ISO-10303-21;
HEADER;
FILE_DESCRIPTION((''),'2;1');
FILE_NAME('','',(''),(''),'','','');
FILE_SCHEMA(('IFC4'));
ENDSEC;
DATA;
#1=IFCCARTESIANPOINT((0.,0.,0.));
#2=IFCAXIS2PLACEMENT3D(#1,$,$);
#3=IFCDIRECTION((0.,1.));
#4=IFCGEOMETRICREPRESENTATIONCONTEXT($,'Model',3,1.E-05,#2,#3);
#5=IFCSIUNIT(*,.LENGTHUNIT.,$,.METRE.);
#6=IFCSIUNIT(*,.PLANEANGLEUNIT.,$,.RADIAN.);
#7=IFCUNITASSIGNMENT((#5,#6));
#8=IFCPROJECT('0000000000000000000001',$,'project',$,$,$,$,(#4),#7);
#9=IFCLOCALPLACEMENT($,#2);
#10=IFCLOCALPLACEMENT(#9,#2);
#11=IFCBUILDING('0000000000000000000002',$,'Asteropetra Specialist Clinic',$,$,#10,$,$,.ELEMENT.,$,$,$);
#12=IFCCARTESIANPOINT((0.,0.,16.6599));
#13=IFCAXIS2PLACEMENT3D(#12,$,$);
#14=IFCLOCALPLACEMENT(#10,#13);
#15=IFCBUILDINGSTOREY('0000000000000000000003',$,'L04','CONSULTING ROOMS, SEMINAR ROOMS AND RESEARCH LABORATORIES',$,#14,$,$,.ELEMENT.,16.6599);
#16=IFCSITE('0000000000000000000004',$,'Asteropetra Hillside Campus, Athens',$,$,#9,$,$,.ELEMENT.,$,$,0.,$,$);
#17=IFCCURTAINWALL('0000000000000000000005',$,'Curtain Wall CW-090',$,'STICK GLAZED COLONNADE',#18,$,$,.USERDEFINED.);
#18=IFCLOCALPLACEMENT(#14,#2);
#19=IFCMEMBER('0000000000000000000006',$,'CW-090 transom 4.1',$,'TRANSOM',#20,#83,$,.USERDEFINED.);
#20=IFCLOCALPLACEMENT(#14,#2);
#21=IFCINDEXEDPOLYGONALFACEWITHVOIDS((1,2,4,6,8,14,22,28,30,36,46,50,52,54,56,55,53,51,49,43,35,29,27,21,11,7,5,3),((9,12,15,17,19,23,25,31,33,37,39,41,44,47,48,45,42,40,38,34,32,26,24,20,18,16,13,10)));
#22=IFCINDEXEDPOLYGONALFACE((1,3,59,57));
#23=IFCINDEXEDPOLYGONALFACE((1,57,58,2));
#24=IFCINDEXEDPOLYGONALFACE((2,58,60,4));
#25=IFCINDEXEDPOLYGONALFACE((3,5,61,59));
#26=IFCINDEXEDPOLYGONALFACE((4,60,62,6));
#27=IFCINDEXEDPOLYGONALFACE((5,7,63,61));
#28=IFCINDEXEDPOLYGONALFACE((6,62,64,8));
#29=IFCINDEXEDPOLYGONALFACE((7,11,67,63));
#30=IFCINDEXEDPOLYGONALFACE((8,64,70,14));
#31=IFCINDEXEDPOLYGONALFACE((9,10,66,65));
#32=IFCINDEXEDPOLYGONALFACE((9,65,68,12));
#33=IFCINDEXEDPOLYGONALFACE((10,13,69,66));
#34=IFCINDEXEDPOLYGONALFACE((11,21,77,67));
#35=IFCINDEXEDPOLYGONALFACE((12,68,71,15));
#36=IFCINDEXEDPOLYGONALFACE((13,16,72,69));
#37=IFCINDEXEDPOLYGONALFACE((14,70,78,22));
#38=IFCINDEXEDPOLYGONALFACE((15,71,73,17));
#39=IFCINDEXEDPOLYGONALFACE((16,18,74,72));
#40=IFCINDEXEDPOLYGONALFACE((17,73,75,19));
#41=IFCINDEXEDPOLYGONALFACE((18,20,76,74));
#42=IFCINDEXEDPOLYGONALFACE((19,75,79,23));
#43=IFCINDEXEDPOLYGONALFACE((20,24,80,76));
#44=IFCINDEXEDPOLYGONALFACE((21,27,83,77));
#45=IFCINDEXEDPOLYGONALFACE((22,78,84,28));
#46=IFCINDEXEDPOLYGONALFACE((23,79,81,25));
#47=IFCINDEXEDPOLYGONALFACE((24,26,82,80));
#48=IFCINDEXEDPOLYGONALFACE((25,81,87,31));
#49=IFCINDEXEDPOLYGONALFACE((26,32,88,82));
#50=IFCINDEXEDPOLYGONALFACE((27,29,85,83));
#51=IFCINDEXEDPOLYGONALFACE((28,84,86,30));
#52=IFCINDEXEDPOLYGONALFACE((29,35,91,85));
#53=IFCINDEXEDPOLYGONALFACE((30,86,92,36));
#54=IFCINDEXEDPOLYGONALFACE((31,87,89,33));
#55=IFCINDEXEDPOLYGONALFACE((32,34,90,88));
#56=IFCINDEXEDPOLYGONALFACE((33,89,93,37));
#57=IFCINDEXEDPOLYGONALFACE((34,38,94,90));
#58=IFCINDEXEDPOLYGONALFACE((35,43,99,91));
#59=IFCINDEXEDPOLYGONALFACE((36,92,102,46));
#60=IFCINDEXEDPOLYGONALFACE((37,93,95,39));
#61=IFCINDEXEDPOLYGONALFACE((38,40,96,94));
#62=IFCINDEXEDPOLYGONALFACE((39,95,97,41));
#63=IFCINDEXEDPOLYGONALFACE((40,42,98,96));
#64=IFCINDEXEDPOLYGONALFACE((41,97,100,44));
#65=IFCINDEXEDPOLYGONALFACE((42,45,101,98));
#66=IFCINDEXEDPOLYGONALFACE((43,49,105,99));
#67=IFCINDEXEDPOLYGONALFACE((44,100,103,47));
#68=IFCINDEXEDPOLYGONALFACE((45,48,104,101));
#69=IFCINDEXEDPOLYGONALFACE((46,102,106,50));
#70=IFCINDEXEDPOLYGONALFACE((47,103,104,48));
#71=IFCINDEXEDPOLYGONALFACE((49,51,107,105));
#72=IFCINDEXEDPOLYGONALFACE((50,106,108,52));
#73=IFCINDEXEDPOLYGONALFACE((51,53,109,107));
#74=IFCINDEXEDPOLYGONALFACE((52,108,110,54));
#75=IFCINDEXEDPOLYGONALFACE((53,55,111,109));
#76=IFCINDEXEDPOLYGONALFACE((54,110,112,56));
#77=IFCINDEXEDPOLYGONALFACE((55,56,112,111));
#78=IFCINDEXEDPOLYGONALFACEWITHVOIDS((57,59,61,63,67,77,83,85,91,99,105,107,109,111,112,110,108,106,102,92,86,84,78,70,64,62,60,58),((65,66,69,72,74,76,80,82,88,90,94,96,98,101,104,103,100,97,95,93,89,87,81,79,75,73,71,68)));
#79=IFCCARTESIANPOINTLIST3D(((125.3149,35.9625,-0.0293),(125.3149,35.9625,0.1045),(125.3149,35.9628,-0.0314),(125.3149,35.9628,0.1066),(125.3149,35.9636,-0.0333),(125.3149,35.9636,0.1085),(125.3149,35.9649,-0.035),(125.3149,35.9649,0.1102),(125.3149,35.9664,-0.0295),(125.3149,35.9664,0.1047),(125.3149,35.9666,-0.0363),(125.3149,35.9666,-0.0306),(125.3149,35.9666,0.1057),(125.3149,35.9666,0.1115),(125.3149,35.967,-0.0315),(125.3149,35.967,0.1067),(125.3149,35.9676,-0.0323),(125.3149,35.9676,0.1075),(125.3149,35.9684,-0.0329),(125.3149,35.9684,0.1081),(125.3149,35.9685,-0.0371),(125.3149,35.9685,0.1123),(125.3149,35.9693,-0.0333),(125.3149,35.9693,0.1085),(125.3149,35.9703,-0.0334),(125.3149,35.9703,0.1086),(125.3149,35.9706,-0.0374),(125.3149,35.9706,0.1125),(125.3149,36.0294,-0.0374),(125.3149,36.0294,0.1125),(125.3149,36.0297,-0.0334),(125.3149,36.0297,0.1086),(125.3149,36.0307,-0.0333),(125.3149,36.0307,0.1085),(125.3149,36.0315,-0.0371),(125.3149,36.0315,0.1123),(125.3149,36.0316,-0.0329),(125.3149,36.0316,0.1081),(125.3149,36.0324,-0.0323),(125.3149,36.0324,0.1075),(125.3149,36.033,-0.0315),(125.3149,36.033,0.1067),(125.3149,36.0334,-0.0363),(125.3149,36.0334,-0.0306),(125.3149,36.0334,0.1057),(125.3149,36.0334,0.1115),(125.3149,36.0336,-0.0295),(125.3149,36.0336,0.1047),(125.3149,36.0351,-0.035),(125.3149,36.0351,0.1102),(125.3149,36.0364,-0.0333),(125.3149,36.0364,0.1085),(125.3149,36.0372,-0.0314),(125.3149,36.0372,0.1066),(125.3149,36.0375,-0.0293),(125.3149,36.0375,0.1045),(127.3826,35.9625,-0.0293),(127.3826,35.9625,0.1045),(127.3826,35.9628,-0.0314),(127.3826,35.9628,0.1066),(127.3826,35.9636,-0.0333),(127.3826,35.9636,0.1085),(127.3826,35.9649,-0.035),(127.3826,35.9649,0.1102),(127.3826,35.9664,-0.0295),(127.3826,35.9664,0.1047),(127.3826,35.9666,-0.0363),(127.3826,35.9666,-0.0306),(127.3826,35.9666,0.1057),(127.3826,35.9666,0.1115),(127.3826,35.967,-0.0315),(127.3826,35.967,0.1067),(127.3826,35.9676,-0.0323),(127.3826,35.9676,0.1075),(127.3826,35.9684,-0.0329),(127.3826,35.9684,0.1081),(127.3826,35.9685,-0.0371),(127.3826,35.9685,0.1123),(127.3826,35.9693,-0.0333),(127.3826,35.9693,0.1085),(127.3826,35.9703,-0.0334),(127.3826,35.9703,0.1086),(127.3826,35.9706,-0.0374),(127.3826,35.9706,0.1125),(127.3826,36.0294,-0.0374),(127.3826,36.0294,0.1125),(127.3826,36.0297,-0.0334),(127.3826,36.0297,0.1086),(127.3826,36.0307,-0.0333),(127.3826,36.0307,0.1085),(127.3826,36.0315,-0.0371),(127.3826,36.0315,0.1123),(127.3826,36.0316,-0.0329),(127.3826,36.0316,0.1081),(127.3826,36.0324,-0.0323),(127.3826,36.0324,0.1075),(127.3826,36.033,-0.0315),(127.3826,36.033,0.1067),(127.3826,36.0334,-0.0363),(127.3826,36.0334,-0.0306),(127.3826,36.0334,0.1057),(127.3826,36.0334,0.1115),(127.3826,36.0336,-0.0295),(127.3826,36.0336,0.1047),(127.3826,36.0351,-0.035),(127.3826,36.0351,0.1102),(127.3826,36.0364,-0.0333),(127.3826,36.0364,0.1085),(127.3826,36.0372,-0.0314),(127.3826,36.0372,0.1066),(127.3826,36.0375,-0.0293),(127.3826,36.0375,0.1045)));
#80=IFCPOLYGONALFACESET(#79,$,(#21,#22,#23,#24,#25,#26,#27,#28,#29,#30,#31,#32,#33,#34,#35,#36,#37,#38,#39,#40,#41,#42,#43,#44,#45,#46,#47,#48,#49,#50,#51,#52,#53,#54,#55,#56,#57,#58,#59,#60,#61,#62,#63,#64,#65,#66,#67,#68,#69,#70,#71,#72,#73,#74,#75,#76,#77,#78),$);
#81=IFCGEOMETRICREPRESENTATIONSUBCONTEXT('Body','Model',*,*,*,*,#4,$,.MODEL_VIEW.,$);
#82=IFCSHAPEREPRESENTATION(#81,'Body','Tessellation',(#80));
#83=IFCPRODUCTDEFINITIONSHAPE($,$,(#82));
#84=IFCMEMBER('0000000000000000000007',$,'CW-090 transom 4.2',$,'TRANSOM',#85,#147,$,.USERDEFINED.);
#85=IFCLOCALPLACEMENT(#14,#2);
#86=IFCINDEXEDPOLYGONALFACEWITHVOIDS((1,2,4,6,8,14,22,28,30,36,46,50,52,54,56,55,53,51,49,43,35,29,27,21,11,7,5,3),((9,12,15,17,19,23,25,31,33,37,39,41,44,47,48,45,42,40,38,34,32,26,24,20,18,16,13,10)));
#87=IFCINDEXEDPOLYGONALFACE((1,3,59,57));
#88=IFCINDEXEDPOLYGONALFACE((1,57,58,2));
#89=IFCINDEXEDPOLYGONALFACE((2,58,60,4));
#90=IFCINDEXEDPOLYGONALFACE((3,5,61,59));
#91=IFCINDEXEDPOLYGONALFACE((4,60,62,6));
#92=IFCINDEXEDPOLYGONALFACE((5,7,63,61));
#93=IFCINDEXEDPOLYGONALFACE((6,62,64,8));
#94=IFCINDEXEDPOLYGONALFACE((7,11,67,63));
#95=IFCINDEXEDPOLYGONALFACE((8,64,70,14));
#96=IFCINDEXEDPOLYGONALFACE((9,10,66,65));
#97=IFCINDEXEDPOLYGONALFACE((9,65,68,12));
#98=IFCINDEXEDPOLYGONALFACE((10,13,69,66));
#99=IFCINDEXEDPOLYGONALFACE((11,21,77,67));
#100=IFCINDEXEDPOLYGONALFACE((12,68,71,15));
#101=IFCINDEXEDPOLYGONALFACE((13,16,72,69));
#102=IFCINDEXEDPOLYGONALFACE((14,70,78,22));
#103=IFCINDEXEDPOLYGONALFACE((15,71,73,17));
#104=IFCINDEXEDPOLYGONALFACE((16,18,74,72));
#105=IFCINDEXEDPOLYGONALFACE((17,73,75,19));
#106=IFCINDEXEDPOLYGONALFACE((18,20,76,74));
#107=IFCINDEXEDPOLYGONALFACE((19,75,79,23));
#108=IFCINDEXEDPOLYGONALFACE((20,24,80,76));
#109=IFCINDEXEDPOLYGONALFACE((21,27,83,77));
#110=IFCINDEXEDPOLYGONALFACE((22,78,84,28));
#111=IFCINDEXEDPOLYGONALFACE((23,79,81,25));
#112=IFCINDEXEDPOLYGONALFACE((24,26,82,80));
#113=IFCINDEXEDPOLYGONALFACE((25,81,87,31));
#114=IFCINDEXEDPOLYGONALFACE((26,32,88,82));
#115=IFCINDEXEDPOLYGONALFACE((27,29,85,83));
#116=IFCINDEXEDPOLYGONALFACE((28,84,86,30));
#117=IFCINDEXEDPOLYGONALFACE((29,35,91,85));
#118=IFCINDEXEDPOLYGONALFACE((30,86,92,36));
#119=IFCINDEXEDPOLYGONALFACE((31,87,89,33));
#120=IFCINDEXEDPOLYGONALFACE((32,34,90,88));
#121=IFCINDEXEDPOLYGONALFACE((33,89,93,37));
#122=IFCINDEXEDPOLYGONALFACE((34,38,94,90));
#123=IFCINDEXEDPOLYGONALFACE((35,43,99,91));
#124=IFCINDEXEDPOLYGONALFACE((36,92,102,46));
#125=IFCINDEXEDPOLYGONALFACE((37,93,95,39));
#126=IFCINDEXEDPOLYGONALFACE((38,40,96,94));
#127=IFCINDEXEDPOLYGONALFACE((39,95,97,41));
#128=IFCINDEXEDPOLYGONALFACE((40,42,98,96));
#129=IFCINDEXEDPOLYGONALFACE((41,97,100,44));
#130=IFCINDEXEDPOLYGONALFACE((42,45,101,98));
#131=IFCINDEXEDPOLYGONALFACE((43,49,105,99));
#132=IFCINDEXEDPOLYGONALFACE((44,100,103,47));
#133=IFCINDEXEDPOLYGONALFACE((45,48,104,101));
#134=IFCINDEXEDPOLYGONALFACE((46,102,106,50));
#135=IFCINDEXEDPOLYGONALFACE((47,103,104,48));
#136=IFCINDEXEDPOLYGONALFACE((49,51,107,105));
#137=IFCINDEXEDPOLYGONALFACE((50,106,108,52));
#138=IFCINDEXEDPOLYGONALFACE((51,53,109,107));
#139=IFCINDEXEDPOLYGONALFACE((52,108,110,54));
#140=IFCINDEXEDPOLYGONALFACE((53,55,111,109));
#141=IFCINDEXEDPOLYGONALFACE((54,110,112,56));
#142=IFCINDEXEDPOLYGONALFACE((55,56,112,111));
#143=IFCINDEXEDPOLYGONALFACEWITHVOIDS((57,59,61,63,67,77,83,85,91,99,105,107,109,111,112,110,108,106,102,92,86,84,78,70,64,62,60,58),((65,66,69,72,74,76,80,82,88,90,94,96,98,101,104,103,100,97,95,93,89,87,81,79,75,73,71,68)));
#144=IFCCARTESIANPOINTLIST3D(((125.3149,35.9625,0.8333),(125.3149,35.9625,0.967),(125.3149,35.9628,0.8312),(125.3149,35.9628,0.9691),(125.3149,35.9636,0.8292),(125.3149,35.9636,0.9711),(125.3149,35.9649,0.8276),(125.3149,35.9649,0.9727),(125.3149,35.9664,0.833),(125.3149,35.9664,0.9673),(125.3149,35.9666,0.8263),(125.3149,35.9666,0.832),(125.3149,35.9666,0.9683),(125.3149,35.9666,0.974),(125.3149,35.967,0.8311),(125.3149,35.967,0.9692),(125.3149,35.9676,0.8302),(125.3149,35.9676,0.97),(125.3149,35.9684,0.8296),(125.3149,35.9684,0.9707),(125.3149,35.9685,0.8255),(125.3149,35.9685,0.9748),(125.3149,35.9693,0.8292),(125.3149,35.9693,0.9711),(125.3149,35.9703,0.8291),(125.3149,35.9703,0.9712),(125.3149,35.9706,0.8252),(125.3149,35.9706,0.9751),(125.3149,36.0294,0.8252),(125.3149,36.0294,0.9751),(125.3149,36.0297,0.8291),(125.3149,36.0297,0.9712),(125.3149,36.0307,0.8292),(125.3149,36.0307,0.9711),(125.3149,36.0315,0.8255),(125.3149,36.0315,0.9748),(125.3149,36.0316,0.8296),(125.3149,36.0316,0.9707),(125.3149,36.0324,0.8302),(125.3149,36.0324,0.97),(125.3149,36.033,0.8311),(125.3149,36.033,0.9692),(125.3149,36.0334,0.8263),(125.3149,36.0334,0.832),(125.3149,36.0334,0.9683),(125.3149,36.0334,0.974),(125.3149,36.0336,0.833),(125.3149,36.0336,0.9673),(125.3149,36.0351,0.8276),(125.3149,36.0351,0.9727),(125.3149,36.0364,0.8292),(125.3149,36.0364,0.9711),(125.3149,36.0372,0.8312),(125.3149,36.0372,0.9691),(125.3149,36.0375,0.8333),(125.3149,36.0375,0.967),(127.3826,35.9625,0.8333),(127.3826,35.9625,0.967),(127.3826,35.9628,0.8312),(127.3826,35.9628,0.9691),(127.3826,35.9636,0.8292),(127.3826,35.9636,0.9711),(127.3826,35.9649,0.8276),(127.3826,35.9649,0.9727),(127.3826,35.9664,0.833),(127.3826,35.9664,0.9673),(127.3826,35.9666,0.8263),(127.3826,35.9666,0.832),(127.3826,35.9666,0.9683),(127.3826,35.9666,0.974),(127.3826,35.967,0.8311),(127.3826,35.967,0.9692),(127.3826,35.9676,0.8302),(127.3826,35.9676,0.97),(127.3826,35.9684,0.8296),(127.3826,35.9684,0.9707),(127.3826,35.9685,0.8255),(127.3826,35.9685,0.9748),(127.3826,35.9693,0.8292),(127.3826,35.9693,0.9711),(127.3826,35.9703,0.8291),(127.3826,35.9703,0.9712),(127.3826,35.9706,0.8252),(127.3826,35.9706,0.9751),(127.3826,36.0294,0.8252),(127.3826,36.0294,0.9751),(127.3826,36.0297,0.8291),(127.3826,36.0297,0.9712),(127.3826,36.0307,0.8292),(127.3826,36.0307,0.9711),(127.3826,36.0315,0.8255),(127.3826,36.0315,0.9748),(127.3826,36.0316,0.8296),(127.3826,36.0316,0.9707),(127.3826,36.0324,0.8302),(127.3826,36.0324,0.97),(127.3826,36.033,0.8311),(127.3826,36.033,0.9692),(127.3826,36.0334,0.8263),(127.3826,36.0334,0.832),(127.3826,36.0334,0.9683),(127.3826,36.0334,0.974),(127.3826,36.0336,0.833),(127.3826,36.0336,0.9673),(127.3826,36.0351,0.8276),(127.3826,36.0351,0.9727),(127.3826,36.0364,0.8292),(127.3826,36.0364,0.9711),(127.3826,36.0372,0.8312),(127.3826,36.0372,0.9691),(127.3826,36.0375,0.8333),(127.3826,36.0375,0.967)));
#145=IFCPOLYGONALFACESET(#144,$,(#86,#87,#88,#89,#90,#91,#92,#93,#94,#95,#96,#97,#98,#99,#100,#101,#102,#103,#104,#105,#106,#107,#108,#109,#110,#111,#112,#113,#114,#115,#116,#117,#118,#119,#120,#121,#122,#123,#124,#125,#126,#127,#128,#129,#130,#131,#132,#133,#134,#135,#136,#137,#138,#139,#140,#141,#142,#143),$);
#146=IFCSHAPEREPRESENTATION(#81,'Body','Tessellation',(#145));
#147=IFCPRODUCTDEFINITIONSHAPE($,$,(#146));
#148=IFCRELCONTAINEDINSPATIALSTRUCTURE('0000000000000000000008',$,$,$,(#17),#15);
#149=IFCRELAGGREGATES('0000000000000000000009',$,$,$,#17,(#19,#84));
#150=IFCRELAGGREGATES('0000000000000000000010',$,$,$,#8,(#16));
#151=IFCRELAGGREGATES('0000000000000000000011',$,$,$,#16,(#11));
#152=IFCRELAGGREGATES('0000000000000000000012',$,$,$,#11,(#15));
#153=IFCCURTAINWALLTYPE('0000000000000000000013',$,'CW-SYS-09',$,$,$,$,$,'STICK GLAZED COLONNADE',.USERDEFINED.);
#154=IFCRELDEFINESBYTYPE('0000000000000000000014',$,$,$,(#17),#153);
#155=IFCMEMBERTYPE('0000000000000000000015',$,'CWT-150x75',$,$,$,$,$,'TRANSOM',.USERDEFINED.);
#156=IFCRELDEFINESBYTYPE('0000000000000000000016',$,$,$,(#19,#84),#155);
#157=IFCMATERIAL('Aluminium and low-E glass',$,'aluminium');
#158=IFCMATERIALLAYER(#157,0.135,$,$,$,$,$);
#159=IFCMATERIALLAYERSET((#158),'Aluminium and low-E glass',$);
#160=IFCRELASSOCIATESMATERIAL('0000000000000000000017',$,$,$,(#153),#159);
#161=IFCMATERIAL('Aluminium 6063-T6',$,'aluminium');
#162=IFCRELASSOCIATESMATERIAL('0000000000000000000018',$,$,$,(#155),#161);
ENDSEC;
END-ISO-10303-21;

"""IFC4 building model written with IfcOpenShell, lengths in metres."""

from ifc_helpers import new_model, si_unit, direction, frame, origin, origin_2d, place, context, subcontext, project, spatial, hollow_rectangle, extrude, material, layer, layer_set, material_profile, profile_set, type_object, element, aggregate, save


model = new_model("IFC4")

# Units and contexts
model_context = context("Model", 3, precision=1e-05, world=origin(), true_north=direction((0.0, 1.0)))
body_context = subcontext(model_context, "Body", "Model", "MODEL_VIEW")
ifc_project = project(units=[si_unit("LENGTHUNIT", "METRE"), si_unit("PLANEANGLEUNIT", "RADIAN")], contexts=[model_context])

# Site, building, storey
site_placement = place(None, origin())
site = spatial("IfcSite", under=ifc_project, at=site_placement, Name="Asteropetra Hillside Campus, Athens", CompositionType="ELEMENT", RefElevation=0.0)
building_placement = place(site_placement, origin())
building = spatial("IfcBuilding", under=site, at=building_placement, Name="Asteropetra Specialist Clinic", CompositionType="ELEMENT")
storey_placement = place(building_placement, frame((0.0, 0.0, 16.6599)))
storey = spatial("IfcBuildingStorey", under=building, at=storey_placement, Name="L04", Description="CONSULTING ROOMS, SEMINAR ROOMS AND RESEARCH LABORATORIES", CompositionType="ELEMENT", Elevation=16.6599)

# Curtain wall
ifc_material_1 = material(Name="Aluminium and low-E glass", Category="aluminium")
ifc_layer_1 = layer(ifc_material_1, 0.135)
ifc_layer_set_1 = layer_set([ifc_layer_1], Name="Aluminium and low-E glass")
curtain_wall_type_1 = type_object("IfcCurtainWallType", Name="CW-SYS-09", ElementType="STICK GLAZED COLONNADE", PredefinedType="USERDEFINED", material=ifc_layer_set_1)
curtain_wall_1_placement = place(storey_placement, origin())
curtain_wall_1 = element("IfcCurtainWall", 1, at=curtain_wall_1_placement, inside=storey, type_object=curtain_wall_type_1, Name="Curtain Wall CW-090", ObjectType="STICK GLAZED COLONNADE", PredefinedType="USERDEFINED")

# Members
ifc_material_2 = material(Name="Aluminium 6063-T6", Category="aluminium")
ifc_material_profile_1 = material_profile(ifc_material_2, hollow_rectangle(XDim=0.075, YDim=0.1499, WallThickness=0.0039, InnerFilletRadius=0.0039, OuterFilletRadius=0.0081, at=origin_2d()), Name="TRN 150x75x4.0")
ifc_profile_set_1 = profile_set([ifc_material_profile_1], Name="Aluminium 6063-T6")
member_type_1 = type_object("IfcMemberType", Name="CWT-150x75", ElementType="TRANSOM", PredefinedType="USERDEFINED", material=ifc_profile_set_1)
member_1_placement = place(storey_placement, frame((127.3826, 36.0, 0.0376), z_axis=(-1.0, 0.0, 0.0), x_axis=(0.0, -1.0, 0.0)))
member_1 = element("IfcMember", 2, at=member_1_placement, type_object=member_type_1, Name="CW-090 transom 4.1", ObjectType="TRANSOM", PredefinedType="USERDEFINED", context=body_context, shape_type="SweptSolid", body=[
    extrude(hollow_rectangle(XDim=0.075, YDim=0.1499, WallThickness=0.0039, InnerFilletRadius=0.0039, OuterFilletRadius=0.0081, at=origin_2d()), origin(), (0.0, 0.0, 1.0), 2.0676),
])
member_2_placement = place(storey_placement, frame((127.3826, 36.0, 0.9001), z_axis=(-1.0, 0.0, 0.0), x_axis=(0.0, -1.0, 0.0)))
member_2 = element("IfcMember", 3, at=member_2_placement, type_object=member_type_1, Name="CW-090 transom 4.2", ObjectType="TRANSOM", PredefinedType="USERDEFINED", context=body_context, shape_type="SweptSolid", body=[
    extrude(hollow_rectangle(XDim=0.075, YDim=0.1499, WallThickness=0.0039, InnerFilletRadius=0.0039, OuterFilletRadius=0.0081, at=origin_2d()), origin(), (0.0, 0.0, 1.0), 2.0676),
])

aggregate(curtain_wall_1, [member_1, member_2])

save(model, "model.ifc")
